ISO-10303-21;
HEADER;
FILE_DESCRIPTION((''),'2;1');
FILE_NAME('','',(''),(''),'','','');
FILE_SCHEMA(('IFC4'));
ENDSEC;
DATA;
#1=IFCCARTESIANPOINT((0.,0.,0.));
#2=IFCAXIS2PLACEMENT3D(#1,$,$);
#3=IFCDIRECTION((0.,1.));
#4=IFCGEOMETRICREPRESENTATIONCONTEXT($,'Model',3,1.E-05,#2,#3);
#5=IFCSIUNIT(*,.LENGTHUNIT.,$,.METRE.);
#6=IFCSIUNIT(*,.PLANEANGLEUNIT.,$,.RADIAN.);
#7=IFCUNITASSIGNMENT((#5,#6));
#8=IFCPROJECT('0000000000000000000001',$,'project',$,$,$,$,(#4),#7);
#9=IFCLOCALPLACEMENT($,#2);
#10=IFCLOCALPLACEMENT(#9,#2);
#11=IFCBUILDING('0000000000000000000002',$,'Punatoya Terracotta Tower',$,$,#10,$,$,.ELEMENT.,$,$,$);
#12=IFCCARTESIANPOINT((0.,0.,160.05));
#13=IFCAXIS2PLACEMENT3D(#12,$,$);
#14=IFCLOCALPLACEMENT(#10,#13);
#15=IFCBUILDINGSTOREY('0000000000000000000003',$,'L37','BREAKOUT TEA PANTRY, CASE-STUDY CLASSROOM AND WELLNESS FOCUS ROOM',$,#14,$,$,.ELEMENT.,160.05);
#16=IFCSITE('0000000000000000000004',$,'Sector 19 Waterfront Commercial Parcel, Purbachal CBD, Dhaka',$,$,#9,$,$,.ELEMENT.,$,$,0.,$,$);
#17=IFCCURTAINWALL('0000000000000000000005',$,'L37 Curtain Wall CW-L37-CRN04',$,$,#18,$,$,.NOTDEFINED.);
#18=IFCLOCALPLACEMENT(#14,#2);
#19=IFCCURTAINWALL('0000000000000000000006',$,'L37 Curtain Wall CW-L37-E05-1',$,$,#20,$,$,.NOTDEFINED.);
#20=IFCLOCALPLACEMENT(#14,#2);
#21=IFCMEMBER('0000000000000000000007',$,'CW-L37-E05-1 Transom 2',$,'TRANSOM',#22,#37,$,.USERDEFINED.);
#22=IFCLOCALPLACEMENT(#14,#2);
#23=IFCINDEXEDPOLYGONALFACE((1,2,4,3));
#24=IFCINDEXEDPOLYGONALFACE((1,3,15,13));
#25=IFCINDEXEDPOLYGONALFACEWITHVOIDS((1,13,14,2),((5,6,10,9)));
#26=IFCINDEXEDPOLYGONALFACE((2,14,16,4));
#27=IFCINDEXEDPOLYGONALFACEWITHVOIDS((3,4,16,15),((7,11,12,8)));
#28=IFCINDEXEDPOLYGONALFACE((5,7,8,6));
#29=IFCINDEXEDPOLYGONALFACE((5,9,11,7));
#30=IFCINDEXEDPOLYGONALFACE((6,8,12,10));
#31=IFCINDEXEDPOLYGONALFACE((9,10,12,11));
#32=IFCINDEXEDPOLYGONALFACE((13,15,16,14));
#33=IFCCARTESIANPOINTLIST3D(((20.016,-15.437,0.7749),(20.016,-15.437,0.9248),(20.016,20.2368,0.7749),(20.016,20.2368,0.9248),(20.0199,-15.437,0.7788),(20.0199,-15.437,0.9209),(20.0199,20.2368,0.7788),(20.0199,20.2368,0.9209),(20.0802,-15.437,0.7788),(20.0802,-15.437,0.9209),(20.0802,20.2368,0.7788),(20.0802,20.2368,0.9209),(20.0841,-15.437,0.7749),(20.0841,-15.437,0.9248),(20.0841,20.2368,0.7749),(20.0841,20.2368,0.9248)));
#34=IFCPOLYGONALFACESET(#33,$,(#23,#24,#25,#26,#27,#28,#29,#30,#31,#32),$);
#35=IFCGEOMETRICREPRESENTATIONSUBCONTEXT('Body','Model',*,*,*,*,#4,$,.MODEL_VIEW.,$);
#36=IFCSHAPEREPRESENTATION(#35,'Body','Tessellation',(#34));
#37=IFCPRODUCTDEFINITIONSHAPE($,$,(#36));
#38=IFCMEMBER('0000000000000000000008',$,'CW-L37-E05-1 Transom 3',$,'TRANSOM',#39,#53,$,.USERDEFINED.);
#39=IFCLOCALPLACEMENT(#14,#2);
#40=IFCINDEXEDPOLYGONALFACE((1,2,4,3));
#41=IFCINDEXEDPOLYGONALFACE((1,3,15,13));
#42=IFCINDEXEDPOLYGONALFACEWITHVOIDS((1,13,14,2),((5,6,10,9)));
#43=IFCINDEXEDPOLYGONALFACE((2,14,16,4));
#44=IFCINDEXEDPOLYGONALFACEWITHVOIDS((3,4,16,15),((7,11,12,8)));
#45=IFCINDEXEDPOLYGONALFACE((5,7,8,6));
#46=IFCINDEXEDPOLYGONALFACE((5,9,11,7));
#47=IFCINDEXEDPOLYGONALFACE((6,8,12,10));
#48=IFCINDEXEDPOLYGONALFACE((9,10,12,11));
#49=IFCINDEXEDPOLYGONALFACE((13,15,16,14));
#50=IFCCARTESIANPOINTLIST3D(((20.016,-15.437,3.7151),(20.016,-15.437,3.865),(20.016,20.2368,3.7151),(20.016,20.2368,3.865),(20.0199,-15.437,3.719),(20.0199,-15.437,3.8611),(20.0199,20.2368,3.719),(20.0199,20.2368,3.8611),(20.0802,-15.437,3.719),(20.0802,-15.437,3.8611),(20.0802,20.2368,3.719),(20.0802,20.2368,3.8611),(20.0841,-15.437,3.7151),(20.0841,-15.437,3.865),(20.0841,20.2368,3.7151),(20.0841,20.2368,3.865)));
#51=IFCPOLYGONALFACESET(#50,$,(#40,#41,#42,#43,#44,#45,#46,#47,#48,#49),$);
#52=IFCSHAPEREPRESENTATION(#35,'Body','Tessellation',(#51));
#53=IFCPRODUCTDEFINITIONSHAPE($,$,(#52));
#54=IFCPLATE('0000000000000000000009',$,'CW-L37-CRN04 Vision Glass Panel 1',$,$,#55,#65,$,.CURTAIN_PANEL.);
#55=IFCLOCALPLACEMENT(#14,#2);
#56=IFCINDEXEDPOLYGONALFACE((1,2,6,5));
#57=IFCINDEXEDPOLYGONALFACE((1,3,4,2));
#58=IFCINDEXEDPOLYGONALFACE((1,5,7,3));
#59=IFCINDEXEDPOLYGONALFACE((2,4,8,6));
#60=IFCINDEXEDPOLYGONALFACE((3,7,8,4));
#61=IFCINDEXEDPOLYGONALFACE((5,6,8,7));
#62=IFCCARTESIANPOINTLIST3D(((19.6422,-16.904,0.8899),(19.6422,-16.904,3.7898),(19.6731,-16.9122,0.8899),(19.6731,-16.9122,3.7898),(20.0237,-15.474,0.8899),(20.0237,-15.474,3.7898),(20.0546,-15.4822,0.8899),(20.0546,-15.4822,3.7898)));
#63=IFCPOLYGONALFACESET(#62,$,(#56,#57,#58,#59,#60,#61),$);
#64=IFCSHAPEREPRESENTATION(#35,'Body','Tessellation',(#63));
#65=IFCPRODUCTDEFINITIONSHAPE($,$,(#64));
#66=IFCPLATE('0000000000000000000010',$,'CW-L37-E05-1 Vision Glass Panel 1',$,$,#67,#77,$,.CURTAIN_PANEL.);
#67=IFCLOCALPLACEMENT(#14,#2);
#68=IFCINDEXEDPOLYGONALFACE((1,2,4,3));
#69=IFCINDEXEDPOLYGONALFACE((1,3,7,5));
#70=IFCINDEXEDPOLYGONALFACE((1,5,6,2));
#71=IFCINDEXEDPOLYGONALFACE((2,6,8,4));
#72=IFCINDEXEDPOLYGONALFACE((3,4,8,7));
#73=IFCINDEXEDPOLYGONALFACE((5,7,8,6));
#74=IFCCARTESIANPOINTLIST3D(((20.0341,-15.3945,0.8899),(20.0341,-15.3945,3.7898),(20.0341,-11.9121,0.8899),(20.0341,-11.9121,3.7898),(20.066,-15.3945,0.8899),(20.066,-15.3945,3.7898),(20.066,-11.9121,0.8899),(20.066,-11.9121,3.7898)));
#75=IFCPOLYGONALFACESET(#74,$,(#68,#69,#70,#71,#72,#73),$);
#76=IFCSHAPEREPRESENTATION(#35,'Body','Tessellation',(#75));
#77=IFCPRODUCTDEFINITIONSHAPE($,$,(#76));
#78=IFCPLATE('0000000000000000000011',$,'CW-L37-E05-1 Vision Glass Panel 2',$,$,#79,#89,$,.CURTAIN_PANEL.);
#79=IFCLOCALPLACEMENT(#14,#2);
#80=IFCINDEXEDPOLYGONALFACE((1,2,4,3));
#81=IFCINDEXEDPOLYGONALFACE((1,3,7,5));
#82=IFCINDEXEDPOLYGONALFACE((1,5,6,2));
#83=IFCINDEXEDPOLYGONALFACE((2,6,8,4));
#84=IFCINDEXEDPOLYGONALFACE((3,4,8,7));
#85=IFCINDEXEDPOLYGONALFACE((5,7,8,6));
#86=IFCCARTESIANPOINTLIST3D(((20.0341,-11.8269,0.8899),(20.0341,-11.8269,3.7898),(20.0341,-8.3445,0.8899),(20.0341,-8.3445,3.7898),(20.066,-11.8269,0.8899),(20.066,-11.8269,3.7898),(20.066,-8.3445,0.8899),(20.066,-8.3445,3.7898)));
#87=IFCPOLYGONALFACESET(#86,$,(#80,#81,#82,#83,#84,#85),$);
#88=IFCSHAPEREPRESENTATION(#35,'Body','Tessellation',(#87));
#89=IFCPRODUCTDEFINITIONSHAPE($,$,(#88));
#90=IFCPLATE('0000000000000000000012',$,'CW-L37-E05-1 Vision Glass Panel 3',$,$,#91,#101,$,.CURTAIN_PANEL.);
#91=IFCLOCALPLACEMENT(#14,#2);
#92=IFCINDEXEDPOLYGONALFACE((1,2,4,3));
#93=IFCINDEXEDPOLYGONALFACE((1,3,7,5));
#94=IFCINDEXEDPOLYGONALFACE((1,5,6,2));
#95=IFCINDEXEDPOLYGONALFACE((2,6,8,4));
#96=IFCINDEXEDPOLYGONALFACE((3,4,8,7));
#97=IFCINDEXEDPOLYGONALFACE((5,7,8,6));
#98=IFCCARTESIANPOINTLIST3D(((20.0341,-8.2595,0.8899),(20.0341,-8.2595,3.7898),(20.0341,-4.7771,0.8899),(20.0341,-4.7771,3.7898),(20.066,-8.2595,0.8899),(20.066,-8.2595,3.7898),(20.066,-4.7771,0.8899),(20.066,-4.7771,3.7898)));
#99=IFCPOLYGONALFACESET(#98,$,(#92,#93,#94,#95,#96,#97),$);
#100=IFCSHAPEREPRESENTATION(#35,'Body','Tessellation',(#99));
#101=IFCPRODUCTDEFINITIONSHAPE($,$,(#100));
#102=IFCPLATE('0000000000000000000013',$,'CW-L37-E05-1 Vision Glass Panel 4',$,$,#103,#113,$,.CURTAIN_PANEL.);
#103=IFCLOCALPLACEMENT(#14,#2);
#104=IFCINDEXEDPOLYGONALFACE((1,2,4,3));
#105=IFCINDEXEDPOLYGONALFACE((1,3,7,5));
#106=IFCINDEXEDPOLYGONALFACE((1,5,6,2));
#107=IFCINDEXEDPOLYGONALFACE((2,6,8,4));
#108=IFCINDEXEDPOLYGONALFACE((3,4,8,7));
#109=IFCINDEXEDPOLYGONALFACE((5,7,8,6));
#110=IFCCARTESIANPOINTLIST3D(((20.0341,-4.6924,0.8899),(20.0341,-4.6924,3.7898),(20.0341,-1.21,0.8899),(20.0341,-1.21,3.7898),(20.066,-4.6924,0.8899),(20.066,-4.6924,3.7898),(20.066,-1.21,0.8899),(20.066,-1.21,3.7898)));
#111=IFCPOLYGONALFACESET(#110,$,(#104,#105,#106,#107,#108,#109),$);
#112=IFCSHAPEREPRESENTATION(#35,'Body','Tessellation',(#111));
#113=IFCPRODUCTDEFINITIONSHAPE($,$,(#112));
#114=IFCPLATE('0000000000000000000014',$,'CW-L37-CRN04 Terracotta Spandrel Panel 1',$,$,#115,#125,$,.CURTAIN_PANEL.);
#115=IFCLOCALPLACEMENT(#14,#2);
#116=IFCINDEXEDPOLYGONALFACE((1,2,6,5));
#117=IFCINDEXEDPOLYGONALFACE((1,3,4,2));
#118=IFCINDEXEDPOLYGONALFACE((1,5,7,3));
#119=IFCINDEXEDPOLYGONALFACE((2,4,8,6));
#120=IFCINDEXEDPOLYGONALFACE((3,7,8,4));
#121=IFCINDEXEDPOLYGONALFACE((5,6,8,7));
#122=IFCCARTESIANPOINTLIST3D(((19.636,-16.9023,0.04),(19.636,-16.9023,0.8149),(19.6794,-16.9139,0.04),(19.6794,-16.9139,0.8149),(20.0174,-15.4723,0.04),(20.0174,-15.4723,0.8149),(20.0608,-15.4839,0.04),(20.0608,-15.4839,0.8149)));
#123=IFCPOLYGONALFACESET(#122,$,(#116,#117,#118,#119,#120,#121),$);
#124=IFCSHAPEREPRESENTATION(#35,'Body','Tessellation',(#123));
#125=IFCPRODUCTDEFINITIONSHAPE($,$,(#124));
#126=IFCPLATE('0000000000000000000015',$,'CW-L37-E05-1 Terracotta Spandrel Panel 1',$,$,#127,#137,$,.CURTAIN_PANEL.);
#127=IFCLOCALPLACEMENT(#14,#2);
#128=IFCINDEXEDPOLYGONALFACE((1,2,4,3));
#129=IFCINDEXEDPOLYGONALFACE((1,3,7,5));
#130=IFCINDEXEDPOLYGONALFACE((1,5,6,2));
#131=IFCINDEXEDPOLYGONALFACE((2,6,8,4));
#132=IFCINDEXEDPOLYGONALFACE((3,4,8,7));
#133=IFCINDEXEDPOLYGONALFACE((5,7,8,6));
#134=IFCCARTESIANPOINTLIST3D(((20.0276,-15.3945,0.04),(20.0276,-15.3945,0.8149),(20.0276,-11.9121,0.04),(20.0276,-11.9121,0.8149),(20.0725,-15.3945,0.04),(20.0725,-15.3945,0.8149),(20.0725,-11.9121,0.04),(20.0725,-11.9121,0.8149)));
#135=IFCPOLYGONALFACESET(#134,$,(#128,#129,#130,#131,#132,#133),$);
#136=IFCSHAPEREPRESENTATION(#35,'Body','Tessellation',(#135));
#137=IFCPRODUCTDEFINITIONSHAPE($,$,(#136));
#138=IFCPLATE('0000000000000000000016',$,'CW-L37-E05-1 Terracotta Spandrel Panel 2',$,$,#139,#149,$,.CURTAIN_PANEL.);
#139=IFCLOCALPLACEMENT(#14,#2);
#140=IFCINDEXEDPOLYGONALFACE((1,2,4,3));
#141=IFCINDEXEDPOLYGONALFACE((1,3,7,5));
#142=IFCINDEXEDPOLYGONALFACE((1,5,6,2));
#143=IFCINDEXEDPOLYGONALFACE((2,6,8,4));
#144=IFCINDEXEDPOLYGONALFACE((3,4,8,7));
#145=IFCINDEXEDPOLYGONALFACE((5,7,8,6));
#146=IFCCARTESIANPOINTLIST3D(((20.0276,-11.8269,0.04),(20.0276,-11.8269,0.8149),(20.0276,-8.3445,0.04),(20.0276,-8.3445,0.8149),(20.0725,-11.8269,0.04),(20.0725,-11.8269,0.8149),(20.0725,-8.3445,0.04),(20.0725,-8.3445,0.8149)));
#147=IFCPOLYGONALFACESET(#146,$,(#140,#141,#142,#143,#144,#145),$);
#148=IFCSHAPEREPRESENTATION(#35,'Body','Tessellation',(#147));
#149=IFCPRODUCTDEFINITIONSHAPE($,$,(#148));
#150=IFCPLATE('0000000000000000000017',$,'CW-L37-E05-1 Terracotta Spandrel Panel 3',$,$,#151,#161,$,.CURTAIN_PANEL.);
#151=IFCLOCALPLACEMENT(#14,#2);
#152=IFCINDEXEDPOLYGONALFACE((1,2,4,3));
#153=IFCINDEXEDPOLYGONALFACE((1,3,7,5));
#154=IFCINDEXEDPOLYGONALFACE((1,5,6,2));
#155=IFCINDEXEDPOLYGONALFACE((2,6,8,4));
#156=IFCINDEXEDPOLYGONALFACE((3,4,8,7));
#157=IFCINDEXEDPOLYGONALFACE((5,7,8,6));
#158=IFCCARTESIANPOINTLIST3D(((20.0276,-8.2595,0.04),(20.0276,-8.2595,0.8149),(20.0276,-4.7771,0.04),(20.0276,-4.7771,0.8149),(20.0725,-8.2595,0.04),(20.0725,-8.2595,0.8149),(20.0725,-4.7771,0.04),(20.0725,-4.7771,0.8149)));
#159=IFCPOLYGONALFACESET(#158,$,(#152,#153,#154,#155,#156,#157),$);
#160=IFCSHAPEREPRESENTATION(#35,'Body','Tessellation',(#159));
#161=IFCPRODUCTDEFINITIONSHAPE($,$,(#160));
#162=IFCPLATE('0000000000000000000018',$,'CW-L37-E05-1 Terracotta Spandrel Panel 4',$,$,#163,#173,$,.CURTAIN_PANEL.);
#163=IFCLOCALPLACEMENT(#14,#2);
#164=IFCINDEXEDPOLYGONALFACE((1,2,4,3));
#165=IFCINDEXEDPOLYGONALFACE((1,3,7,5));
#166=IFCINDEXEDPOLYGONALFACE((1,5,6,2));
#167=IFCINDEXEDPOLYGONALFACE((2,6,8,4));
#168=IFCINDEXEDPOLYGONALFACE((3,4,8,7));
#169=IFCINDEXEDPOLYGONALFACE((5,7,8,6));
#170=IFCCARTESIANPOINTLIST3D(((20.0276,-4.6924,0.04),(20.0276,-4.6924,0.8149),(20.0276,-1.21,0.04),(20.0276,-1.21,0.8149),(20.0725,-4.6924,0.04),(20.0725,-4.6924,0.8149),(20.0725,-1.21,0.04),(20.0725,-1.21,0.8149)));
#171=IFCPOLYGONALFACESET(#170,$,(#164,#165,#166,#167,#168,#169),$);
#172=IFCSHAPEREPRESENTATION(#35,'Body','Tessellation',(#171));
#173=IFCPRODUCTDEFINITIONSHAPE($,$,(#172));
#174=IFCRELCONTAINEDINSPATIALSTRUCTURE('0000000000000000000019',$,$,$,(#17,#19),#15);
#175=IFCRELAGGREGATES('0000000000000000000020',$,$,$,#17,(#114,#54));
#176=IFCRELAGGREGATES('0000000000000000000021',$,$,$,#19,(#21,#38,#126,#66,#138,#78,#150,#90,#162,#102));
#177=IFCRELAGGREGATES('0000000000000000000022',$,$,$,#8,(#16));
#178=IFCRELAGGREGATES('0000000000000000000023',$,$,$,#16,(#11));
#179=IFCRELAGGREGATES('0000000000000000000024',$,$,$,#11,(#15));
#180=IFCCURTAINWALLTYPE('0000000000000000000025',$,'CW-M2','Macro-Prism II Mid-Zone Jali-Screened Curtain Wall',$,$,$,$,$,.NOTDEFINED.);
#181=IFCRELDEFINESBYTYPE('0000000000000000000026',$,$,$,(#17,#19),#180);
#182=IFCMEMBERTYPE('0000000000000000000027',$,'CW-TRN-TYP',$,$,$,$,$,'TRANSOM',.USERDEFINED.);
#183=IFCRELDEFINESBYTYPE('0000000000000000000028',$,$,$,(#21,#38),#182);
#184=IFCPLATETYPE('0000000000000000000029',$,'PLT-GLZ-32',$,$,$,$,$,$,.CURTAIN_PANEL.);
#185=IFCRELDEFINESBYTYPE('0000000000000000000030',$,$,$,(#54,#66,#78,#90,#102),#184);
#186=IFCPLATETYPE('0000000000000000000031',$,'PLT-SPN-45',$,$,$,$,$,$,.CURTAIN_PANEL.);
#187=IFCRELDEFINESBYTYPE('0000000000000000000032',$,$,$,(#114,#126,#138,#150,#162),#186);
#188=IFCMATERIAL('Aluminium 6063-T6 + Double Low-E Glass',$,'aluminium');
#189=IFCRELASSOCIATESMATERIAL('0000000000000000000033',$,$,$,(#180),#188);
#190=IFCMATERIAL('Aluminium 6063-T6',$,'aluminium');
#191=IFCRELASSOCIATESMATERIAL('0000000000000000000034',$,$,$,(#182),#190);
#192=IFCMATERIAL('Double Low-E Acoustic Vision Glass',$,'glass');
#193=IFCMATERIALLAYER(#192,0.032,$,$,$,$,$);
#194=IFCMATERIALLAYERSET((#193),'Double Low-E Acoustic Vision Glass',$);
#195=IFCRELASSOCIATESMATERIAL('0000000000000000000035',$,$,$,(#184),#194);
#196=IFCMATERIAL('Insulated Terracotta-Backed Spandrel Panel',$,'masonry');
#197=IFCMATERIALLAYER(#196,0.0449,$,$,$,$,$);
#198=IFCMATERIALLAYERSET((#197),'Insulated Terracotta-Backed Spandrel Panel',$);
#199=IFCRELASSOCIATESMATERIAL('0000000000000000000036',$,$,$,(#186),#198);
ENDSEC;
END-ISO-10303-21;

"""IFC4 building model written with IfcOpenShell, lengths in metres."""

from ifc_helpers import new_model, si_unit, direction, frame, origin, origin_2d, place, context, subcontext, project, spatial, rectangle, hollow_rectangle, extrude, material, layer, layer_set, material_profile, profile_set, type_object, element, aggregate, save


model = new_model("IFC4")

# Units and contexts
model_context = context("Model", 3, precision=1e-05, world=origin(), true_north=direction((0.0, 1.0)))
body_context = subcontext(model_context, "Body", "Model", "MODEL_VIEW")
ifc_project = project(units=[si_unit("LENGTHUNIT", "METRE"), si_unit("PLANEANGLEUNIT", "RADIAN")], contexts=[model_context])

# Site, building, storey
site_placement = place(None, origin())
site = spatial("IfcSite", under=ifc_project, at=site_placement, Name="Sector 19 Waterfront Commercial Parcel, Purbachal CBD, Dhaka", CompositionType="ELEMENT", RefElevation=0.0)
building_placement = place(site_placement, origin())
building = spatial("IfcBuilding", under=site, at=building_placement, Name="Punatoya Terracotta Tower", CompositionType="ELEMENT")
storey_placement = place(building_placement, frame((0.0, 0.0, 160.05)))
storey = spatial("IfcBuildingStorey", under=building, at=storey_placement, Name="L37", Description="BREAKOUT TEA PANTRY, CASE-STUDY CLASSROOM AND WELLNESS FOCUS ROOM", CompositionType="ELEMENT", Elevation=160.05)

# Curtain wall
ifc_material_1 = material(Name="Aluminium 6063-T6 + Double Low-E Glass", Category="aluminium")
curtain_wall_type = type_object("IfcCurtainWallType", Name="CW-M2", Description="Macro-Prism II Mid-Zone Jali-Screened Curtain Wall", PredefinedType="NOTDEFINED", material=ifc_material_1)
curtain_wall_1_placement = place(storey_placement, origin())
curtain_wall_1 = element("IfcCurtainWall", 1, at=curtain_wall_1_placement, inside=storey, type_object=curtain_wall_type, Name="L37 Curtain Wall CW-L37-CRN04", PredefinedType="NOTDEFINED")
ifc_material_2 = material(Name="Aluminium 6063-T6", Category="aluminium")

# Curtain wall, members
curtain_wall_2_placement = place(storey_placement, origin())
curtain_wall_2 = element("IfcCurtainWall", 2, at=curtain_wall_2_placement, inside=storey, type_object=curtain_wall_type, Name="L37 Curtain Wall CW-L37-E05-1", PredefinedType="NOTDEFINED")
ifc_material_profile_1 = material_profile(ifc_material_2, hollow_rectangle(XDim=0.0681, YDim=0.1499, WallThickness=0.0039, at=origin_2d()))
ifc_profile_set_1 = profile_set([ifc_material_profile_1], Name="Aluminium 6063-T6")
member_type_1 = type_object("IfcMemberType", Name="CW-TRN-TYP", ElementType="TRANSOM", PredefinedType="USERDEFINED", material=ifc_profile_set_1)
member_1_placement = place(storey_placement, frame((20.05, -15.437, 0.8499), z_axis=(0.0, 1.0, 0.0), x_axis=(-1.0, 0.0, 0.0)))
member_1 = element("IfcMember", 3, at=member_1_placement, type_object=member_type_1, Name="CW-L37-E05-1 Transom 2", ObjectType="TRANSOM", PredefinedType="USERDEFINED", context=body_context, shape_type="SweptSolid", body=[
    extrude(hollow_rectangle(XDim=0.0681, YDim=0.1499, WallThickness=0.0039, at=origin_2d()), origin(), (0.0, 0.0, 1.0), 35.6738),
])
member_2_placement = place(storey_placement, frame((20.05, -15.437, 3.79), z_axis=(0.0, 1.0, 0.0), x_axis=(-1.0, 0.0, 0.0)))
member_2 = element("IfcMember", 4, at=member_2_placement, type_object=member_type_1, Name="CW-L37-E05-1 Transom 3", ObjectType="TRANSOM", PredefinedType="USERDEFINED", context=body_context, shape_type="SweptSolid", body=[
    extrude(hollow_rectangle(XDim=0.0681, YDim=0.1499, WallThickness=0.0039, at=origin_2d()), origin(), (0.0, 0.0, 1.0), 35.6738),
])

# Plates
ifc_material_3 = material(Name="Double Low-E Acoustic Vision Glass", Category="glass")
ifc_layer_1 = layer(ifc_material_3, 0.032)
ifc_layer_set_1 = layer_set([ifc_layer_1], Name="Double Low-E Acoustic Vision Glass")
plate_type_1 = type_object("IfcPlateType", Name="PLT-GLZ-32", PredefinedType="CURTAIN_PANEL", material=ifc_layer_set_1)
plate_1_placement = place(storey_placement, frame((19.8484, -16.1931, 0.8899), z_axis=(0.0, 0.0, 1.0), x_axis=(0.257742, 0.966214, 0.0)))
plate_1 = element("IfcPlate", 5, at=plate_1_placement, type_object=plate_type_1, Name="CW-L37-CRN04 Vision Glass Panel 1", PredefinedType="CURTAIN_PANEL", context=body_context, shape_type="SweptSolid", body=[
    extrude(rectangle(XDim=1.48, YDim=0.032, at=origin_2d()), origin(), (0.0, 0.0, 1.0), 2.8999),
])
plate_2_placement = place(storey_placement, frame((20.05, -13.6533, 0.8899), z_axis=(0.0, 0.0, 1.0), x_axis=(0.0, 1.0, 0.0)))
plate_2 = element("IfcPlate", 6, at=plate_2_placement, type_object=plate_type_1, Name="CW-L37-E05-1 Vision Glass Panel 1", PredefinedType="CURTAIN_PANEL", context=body_context, shape_type="SweptSolid", body=[
    extrude(rectangle(XDim=3.4824, YDim=0.032, at=origin_2d()), origin(), (0.0, 0.0, 1.0), 2.8999),
])
plate_3_placement = place(storey_placement, frame((20.05, -10.0857, 0.8899), z_axis=(0.0, 0.0, 1.0), x_axis=(0.0, 1.0, 0.0)))
plate_3 = element("IfcPlate", 7, at=plate_3_placement, type_object=plate_type_1, Name="CW-L37-E05-1 Vision Glass Panel 2", PredefinedType="CURTAIN_PANEL", context=body_context, shape_type="SweptSolid", body=[
    extrude(rectangle(XDim=3.4824, YDim=0.032, at=origin_2d()), origin(), (0.0, 0.0, 1.0), 2.8999),
])
plate_4_placement = place(storey_placement, frame((20.05, -6.5183, 0.8899), z_axis=(0.0, 0.0, 1.0), x_axis=(0.0, 1.0, 0.0)))
plate_4 = element("IfcPlate", 8, at=plate_4_placement, type_object=plate_type_1, Name="CW-L37-E05-1 Vision Glass Panel 3", PredefinedType="CURTAIN_PANEL", context=body_context, shape_type="SweptSolid", body=[
    extrude(rectangle(XDim=3.4824, YDim=0.032, at=origin_2d()), origin(), (0.0, 0.0, 1.0), 2.8999),
])
plate_5_placement = place(storey_placement, frame((20.05, -2.9512, 0.8899), z_axis=(0.0, 0.0, 1.0), x_axis=(0.0, 1.0, 0.0)))
plate_5 = element("IfcPlate", 9, at=plate_5_placement, type_object=plate_type_1, Name="CW-L37-E05-1 Vision Glass Panel 4", PredefinedType="CURTAIN_PANEL", context=body_context, shape_type="SweptSolid", body=[
    extrude(rectangle(XDim=3.4824, YDim=0.032, at=origin_2d()), origin(), (0.0, 0.0, 1.0), 2.8999),
])
ifc_material_4 = material(Name="Insulated Terracotta-Backed Spandrel Panel", Category="masonry")
ifc_layer_2 = layer(ifc_material_4, 0.0449)
ifc_layer_set_2 = layer_set([ifc_layer_2], Name="Insulated Terracotta-Backed Spandrel Panel")
plate_type_2 = type_object("IfcPlateType", Name="PLT-SPN-45", PredefinedType="CURTAIN_PANEL", material=ifc_layer_set_2)
plate_6_placement = place(storey_placement, frame((19.8484, -16.1931, 0.04), z_axis=(0.0, 0.0, 1.0), x_axis=(0.257742, 0.966214, 0.0)))
plate_6 = element("IfcPlate", 10, at=plate_6_placement, type_object=plate_type_2, Name="CW-L37-CRN04 Terracotta Spandrel Panel 1", PredefinedType="CURTAIN_PANEL", context=body_context, shape_type="SweptSolid", body=[
    extrude(rectangle(XDim=1.48, YDim=0.0449, at=origin_2d()), origin(), (0.0, 0.0, 1.0), 0.7749),
])
aggregate(curtain_wall_1, [plate_6, plate_1])
plate_7_placement = place(storey_placement, frame((20.05, -13.6533, 0.04), z_axis=(0.0, 0.0, 1.0), x_axis=(0.0, 1.0, 0.0)))
plate_7 = element("IfcPlate", 11, at=plate_7_placement, type_object=plate_type_2, Name="CW-L37-E05-1 Terracotta Spandrel Panel 1", PredefinedType="CURTAIN_PANEL", context=body_context, shape_type="SweptSolid", body=[
    extrude(rectangle(XDim=3.4824, YDim=0.0449, at=origin_2d()), origin(), (0.0, 0.0, 1.0), 0.7749),
])
plate_8_placement = place(storey_placement, frame((20.05, -10.0857, 0.04), z_axis=(0.0, 0.0, 1.0), x_axis=(0.0, 1.0, 0.0)))
plate_8 = element("IfcPlate", 12, at=plate_8_placement, type_object=plate_type_2, Name="CW-L37-E05-1 Terracotta Spandrel Panel 2", PredefinedType="CURTAIN_PANEL", context=body_context, shape_type="SweptSolid", body=[
    extrude(rectangle(XDim=3.4824, YDim=0.0449, at=origin_2d()), origin(), (0.0, 0.0, 1.0), 0.7749),
])
plate_9_placement = place(storey_placement, frame((20.05, -6.5183, 0.04), z_axis=(0.0, 0.0, 1.0), x_axis=(0.0, 1.0, 0.0)))
plate_9 = element("IfcPlate", 13, at=plate_9_placement, type_object=plate_type_2, Name="CW-L37-E05-1 Terracotta Spandrel Panel 3", PredefinedType="CURTAIN_PANEL", context=body_context, shape_type="SweptSolid", body=[
    extrude(rectangle(XDim=3.4824, YDim=0.0449, at=origin_2d()), origin(), (0.0, 0.0, 1.0), 0.7749),
])
plate_10_placement = place(storey_placement, frame((20.05, -2.9512, 0.04), z_axis=(0.0, 0.0, 1.0), x_axis=(0.0, 1.0, 0.0)))
plate_10 = element("IfcPlate", 14, at=plate_10_placement, type_object=plate_type_2, Name="CW-L37-E05-1 Terracotta Spandrel Panel 4", PredefinedType="CURTAIN_PANEL", context=body_context, shape_type="SweptSolid", body=[
    extrude(rectangle(XDim=3.4824, YDim=0.0449, at=origin_2d()), origin(), (0.0, 0.0, 1.0), 0.7749),
])
aggregate(curtain_wall_2, [member_1, member_2, plate_7, plate_2, plate_8, plate_3, plate_9, plate_4, plate_10, plate_5])

save(model, "model.ifc")
